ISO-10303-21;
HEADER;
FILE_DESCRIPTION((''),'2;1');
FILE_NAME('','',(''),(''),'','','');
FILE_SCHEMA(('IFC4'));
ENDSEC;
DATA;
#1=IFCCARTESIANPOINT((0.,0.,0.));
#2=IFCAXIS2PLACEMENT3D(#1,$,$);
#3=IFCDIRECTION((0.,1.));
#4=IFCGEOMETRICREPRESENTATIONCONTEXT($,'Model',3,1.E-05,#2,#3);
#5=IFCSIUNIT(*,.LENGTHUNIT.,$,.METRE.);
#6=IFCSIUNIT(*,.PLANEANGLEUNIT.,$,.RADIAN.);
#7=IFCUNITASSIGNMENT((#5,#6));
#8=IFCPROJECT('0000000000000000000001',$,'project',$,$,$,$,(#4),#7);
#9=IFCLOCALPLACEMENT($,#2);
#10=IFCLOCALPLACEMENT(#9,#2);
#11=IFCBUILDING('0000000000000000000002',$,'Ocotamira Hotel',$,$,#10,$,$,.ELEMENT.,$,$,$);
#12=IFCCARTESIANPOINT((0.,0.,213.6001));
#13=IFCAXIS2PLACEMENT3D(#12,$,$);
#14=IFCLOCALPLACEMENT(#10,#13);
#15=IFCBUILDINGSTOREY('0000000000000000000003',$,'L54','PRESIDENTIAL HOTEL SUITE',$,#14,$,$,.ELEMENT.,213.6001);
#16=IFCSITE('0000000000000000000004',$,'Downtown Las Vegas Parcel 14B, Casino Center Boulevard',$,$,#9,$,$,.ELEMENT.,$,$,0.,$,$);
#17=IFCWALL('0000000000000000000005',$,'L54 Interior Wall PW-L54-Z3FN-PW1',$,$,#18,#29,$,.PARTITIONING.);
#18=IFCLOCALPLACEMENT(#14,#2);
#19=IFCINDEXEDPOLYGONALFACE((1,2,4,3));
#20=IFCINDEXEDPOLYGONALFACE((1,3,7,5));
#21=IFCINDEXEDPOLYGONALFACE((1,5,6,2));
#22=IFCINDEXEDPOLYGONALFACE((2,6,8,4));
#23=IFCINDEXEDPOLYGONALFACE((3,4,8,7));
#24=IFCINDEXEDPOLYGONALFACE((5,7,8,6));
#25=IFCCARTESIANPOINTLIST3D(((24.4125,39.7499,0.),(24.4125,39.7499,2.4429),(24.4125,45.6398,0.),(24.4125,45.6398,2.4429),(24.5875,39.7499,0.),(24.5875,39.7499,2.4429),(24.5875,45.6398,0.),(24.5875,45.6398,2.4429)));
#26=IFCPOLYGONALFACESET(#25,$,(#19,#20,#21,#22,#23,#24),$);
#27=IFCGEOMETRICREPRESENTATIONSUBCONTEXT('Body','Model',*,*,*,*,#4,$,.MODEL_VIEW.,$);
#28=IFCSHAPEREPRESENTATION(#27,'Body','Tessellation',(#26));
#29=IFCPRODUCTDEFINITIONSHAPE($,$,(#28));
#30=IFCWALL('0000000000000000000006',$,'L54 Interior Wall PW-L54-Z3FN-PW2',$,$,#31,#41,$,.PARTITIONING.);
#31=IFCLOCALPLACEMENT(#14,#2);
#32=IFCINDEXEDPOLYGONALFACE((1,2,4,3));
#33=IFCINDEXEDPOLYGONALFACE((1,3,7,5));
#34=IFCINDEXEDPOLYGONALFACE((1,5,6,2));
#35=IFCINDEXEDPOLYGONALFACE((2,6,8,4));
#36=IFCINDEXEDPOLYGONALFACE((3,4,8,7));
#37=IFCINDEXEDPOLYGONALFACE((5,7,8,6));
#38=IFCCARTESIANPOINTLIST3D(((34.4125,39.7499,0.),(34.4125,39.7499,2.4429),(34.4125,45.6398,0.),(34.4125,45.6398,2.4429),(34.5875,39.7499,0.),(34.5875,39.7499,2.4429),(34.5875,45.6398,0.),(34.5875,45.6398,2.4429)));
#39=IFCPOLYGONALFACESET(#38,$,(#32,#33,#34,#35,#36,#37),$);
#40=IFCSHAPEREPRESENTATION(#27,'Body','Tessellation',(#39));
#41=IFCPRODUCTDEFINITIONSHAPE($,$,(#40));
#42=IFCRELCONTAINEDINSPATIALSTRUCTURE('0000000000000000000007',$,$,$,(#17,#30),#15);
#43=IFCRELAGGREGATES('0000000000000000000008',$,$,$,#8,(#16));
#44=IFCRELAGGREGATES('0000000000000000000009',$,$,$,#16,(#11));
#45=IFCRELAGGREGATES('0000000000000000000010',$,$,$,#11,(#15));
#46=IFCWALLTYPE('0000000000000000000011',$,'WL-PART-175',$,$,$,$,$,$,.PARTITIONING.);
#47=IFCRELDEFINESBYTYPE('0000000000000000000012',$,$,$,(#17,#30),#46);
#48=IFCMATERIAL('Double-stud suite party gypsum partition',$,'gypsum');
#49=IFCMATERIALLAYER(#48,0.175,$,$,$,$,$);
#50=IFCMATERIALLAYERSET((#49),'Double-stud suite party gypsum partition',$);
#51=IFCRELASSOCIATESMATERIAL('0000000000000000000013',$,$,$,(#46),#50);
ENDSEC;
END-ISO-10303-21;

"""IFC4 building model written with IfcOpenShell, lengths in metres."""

from ifc_helpers import new_model, si_unit, direction, frame, frame_2d, origin, place, context, subcontext, project, spatial, rectangle, extrude, material, layer, layer_set, type_object, element, save


model = new_model("IFC4")

# Units and contexts
model_context = context("Model", 3, precision=1e-05, world=origin(), true_north=direction((0.0, 1.0)))
body_context = subcontext(model_context, "Body", "Model", "MODEL_VIEW")
ifc_project = project(units=[si_unit("LENGTHUNIT", "METRE"), si_unit("PLANEANGLEUNIT", "RADIAN")], contexts=[model_context])

# Site, building, storey
site_placement = place(None, origin())
site = spatial("IfcSite", under=ifc_project, at=site_placement, Name="Downtown Las Vegas Parcel 14B, Casino Center Boulevard", CompositionType="ELEMENT", RefElevation=0.0)
building_placement = place(site_placement, origin())
building = spatial("IfcBuilding", under=site, at=building_placement, Name="Ocotamira Hotel", CompositionType="ELEMENT")
storey_placement = place(building_placement, frame((0.0, 0.0, 213.6001)))
storey = spatial("IfcBuildingStorey", under=building, at=storey_placement, Name="L54", Description="PRESIDENTIAL HOTEL SUITE", CompositionType="ELEMENT", Elevation=213.6001)

# Walls
ifc_material_1 = material(Name="Double-stud suite party gypsum partition", Category="gypsum")
ifc_layer_1 = layer(ifc_material_1, 0.175)
ifc_layer_set_1 = layer_set([ifc_layer_1], Name="Double-stud suite party gypsum partition")
wall_type_1 = type_object("IfcWallType", Name="WL-PART-175", PredefinedType="PARTITIONING", material=ifc_layer_set_1)
for number, where, z_axis, x_axis, name in (
    (1, (24.5, 39.75, 0.0), (0.0, 0.0, 1.0), (0.0, 1.0, 0.0), "L54 Interior Wall PW-L54-Z3FN-PW1"),
    (2, (34.5, 39.75, 0.0), (0.0, 0.0, 1.0), (0.0, 1.0, 0.0), "L54 Interior Wall PW-L54-Z3FN-PW2"),
):
    element("IfcWall", number, at=place(storey_placement, frame(where, z_axis=z_axis, x_axis=x_axis)), inside=storey, type_object=wall_type_1, Name=name, PredefinedType="PARTITIONING", context=body_context, shape_type="SweptSolid", body=[
        extrude(rectangle(XDim=5.8899, YDim=0.175, at=frame_2d((2.9448, 0.0))), origin(), (0.0, 0.0, 1.0), 2.4429),
    ])

save(model, "model.ifc")
